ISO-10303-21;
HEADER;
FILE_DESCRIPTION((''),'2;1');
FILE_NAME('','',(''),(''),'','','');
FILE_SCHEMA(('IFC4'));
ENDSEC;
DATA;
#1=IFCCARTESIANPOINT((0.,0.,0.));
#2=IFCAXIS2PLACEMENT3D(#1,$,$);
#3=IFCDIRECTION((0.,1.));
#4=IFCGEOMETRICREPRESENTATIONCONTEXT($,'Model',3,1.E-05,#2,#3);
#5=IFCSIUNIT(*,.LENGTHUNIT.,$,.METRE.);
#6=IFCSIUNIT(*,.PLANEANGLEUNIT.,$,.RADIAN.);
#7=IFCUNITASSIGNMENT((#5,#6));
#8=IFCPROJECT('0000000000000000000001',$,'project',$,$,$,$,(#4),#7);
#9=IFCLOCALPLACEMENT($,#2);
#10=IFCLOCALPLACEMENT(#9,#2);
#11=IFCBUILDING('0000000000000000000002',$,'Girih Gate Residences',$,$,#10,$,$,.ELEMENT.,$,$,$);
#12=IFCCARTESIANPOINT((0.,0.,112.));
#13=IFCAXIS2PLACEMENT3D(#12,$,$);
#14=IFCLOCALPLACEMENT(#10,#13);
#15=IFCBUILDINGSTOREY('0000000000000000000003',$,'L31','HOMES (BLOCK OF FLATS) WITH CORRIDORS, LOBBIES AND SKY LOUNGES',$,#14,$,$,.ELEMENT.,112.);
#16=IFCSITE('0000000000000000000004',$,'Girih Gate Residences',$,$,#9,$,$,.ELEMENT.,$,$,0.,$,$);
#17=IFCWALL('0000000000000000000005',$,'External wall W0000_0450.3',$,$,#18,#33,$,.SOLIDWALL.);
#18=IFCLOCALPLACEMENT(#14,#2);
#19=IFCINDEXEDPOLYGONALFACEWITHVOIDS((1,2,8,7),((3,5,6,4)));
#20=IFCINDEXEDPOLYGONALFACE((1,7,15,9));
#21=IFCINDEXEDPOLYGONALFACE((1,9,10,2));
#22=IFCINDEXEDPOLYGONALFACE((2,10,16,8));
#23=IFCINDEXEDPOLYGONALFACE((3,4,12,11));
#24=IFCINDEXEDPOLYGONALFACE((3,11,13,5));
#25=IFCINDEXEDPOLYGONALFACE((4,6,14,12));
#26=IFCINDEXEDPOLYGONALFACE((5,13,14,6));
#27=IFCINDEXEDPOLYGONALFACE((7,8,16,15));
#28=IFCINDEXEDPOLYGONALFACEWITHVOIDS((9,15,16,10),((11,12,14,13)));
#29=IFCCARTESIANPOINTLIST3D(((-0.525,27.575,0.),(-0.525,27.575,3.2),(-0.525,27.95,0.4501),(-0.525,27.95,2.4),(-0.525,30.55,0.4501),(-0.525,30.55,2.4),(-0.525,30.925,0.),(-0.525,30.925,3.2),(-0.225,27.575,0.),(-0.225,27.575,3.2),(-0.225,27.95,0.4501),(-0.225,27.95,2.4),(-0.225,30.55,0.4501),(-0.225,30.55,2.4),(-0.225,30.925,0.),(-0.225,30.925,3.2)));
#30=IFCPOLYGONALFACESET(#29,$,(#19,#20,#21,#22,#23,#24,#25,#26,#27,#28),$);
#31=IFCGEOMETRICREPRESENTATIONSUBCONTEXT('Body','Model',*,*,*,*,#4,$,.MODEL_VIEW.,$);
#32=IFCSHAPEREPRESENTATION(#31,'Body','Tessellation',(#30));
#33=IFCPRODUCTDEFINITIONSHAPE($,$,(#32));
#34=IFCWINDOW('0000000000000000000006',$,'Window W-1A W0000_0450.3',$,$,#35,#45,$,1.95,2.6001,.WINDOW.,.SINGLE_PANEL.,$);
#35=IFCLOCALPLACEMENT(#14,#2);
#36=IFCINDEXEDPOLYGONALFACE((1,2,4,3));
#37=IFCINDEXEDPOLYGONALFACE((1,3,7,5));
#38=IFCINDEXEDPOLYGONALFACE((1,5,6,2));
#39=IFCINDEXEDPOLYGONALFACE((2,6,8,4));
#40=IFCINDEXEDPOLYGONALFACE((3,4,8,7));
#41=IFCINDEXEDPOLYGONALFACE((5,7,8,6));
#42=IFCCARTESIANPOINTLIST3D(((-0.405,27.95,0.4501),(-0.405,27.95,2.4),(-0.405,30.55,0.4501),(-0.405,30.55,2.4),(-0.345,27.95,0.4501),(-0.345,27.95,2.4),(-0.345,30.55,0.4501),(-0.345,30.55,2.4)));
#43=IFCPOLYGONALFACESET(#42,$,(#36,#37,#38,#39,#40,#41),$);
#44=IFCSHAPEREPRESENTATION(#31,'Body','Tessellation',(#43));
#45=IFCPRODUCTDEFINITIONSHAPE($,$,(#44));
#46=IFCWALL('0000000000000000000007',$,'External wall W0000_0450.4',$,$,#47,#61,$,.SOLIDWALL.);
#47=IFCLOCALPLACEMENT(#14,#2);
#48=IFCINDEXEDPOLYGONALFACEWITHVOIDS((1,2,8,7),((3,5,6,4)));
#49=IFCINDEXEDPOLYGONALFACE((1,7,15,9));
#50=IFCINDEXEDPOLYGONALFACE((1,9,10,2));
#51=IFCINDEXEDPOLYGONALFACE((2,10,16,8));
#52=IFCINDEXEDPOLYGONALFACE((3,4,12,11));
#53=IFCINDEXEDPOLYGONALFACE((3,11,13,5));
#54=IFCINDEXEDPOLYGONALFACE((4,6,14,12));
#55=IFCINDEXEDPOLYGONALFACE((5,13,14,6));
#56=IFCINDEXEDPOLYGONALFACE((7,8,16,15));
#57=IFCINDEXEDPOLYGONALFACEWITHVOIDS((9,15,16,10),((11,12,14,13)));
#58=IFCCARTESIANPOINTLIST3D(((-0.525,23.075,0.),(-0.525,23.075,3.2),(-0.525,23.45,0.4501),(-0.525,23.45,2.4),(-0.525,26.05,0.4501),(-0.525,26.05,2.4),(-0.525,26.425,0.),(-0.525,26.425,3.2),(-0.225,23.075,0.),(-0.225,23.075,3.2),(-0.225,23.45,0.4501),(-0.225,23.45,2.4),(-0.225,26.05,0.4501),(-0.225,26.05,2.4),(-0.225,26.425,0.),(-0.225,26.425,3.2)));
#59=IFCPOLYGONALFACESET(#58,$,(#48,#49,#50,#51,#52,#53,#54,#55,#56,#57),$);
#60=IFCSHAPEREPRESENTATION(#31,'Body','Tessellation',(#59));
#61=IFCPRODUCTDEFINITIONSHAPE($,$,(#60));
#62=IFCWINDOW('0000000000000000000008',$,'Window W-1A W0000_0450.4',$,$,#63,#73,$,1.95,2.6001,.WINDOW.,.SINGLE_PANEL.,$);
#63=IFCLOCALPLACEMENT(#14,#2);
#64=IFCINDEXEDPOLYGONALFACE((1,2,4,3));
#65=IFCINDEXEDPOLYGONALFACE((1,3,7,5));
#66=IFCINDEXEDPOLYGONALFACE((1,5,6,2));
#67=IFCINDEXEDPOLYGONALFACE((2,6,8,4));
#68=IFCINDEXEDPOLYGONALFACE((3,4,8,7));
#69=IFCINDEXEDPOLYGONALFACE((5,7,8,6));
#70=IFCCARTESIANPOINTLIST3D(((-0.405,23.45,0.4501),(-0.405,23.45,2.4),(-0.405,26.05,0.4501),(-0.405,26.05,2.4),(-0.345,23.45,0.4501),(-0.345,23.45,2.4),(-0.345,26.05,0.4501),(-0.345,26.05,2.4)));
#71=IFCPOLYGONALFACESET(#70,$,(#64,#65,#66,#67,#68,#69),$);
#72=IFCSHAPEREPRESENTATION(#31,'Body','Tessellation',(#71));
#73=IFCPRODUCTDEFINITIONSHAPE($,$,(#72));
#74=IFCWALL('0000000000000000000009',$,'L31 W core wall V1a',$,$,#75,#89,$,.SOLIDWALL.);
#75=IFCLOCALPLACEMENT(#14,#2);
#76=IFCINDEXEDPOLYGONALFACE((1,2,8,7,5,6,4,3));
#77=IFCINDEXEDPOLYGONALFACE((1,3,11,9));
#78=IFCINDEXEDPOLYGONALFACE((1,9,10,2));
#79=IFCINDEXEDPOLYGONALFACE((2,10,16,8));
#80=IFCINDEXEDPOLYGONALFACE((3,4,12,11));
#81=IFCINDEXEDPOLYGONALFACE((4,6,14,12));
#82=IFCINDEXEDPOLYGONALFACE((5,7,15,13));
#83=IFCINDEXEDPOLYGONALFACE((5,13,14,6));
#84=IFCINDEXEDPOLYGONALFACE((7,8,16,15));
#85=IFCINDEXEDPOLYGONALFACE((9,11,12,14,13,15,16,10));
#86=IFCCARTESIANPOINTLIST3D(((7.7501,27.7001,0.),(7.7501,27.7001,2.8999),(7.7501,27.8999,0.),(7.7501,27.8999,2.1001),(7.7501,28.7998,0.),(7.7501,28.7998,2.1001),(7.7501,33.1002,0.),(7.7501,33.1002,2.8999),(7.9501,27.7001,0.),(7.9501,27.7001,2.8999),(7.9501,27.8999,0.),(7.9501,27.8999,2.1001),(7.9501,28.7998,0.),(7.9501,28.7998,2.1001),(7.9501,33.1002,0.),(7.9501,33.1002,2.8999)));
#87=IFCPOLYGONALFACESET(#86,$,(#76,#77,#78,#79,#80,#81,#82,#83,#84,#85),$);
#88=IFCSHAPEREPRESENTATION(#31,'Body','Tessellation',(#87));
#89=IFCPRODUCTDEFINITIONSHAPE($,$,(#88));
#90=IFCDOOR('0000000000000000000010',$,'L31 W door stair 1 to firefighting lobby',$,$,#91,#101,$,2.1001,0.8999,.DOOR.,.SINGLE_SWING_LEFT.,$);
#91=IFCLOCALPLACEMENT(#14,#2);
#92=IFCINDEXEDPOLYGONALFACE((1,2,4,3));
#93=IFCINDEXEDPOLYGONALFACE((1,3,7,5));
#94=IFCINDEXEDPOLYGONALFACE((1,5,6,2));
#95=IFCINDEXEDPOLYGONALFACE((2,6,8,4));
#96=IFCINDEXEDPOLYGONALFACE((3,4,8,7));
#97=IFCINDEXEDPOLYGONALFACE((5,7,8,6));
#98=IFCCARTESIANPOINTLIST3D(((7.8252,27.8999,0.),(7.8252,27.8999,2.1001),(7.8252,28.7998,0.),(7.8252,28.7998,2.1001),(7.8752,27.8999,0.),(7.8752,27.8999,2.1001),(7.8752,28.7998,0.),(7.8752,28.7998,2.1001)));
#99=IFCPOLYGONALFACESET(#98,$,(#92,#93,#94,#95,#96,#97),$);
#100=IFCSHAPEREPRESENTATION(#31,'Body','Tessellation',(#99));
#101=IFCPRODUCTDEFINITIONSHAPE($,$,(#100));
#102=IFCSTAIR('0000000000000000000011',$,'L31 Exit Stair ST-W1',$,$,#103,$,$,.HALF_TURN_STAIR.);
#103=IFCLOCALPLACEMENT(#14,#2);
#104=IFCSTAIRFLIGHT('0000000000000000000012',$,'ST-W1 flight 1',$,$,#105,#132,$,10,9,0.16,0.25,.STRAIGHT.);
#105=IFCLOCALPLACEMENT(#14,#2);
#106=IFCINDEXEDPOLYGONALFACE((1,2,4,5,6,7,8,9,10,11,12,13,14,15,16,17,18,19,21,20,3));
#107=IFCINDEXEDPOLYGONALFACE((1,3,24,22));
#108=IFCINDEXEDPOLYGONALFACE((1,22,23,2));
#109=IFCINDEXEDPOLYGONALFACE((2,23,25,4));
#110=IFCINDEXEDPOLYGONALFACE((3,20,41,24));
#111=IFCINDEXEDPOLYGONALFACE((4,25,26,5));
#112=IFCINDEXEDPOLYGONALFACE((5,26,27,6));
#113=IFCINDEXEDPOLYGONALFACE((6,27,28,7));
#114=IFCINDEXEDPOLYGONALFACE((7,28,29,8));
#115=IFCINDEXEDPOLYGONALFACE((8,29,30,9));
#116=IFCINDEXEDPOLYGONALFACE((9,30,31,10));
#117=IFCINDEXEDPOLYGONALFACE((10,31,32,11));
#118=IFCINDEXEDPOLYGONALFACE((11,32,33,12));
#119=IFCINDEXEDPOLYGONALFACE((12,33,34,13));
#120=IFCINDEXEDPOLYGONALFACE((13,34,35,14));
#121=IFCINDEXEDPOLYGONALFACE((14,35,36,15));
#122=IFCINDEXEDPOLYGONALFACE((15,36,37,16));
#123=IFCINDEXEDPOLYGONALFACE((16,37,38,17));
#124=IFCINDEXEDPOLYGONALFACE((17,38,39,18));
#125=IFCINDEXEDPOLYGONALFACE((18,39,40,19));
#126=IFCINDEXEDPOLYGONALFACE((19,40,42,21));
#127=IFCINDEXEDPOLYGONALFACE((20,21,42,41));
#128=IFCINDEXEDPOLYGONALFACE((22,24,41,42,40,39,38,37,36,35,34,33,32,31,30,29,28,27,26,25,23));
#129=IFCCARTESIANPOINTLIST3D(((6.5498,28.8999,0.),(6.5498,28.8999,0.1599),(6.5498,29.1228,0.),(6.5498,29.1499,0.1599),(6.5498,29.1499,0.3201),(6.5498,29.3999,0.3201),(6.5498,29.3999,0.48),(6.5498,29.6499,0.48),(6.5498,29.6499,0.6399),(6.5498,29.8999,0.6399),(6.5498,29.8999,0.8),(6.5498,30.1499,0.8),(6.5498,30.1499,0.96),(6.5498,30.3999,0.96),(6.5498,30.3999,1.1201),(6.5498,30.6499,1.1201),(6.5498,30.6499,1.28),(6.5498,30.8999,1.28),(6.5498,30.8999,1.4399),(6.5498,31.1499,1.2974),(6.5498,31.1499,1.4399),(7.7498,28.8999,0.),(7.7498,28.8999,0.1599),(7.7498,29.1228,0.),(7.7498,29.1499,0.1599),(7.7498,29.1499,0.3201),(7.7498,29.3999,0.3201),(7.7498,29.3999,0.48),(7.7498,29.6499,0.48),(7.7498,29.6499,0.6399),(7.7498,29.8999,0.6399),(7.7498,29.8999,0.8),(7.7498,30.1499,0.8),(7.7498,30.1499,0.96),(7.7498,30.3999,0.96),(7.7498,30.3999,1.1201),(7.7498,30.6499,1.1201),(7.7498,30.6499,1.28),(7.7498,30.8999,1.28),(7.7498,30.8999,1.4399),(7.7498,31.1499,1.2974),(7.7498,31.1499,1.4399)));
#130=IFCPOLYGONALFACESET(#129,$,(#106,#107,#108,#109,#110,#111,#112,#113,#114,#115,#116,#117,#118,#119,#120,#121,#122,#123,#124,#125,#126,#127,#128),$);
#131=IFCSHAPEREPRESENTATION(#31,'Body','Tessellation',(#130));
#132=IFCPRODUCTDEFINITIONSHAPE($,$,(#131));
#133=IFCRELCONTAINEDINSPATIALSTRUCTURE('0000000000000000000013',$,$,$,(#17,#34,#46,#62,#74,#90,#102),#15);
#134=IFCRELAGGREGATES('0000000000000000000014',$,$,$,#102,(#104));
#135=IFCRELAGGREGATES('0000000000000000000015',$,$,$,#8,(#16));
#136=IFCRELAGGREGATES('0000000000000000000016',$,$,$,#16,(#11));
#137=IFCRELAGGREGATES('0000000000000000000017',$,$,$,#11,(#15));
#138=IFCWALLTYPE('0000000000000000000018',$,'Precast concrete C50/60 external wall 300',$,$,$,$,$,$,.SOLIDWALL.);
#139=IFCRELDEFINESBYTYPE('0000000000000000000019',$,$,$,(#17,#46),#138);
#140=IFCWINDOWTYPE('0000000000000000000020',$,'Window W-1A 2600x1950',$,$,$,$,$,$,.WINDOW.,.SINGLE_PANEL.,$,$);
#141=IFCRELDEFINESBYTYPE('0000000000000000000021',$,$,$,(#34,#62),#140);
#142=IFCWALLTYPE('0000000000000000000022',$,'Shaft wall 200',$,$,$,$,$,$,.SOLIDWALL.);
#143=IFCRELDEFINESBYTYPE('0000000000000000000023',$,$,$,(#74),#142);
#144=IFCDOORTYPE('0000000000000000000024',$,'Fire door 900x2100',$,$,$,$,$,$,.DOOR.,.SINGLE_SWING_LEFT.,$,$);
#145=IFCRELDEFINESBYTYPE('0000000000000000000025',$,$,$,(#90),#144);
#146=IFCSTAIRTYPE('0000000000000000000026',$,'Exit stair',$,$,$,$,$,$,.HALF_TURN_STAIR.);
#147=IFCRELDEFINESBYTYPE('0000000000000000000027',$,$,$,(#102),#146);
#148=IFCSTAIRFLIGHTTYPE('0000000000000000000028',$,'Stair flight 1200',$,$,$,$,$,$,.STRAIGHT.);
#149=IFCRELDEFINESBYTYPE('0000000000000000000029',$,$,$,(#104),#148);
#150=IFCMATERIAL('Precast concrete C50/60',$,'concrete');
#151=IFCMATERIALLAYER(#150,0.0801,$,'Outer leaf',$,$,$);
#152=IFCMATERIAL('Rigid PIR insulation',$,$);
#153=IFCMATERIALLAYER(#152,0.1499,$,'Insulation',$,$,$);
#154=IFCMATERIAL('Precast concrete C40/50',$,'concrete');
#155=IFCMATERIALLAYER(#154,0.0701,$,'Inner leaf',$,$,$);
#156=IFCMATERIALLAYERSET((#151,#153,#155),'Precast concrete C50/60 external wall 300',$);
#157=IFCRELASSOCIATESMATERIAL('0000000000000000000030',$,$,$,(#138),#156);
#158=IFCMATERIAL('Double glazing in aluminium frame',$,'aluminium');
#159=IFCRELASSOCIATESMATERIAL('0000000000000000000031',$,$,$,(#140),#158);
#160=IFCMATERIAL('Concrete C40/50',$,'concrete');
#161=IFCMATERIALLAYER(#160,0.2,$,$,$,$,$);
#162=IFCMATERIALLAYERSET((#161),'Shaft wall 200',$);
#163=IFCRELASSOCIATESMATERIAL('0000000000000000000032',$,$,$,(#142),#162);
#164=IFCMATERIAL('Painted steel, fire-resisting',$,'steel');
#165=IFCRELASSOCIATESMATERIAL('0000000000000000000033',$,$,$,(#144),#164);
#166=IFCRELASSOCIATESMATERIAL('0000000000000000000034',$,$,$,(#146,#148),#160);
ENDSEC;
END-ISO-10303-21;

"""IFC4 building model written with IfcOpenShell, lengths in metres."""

from ifc_helpers import new_model, si_unit, direction, frame, frame_2d, origin, place, context, subcontext, project, spatial, polyline, rectangle, outline, extrude, material, layer, layer_set, type_object, element, fill, aggregate, save


model = new_model("IFC4")

# Units and contexts
model_context = context("Model", 3, precision=1e-05, world=origin(), true_north=direction((0.0, 1.0)))
body_context = subcontext(model_context, "Body", "Model", "MODEL_VIEW")
ifc_project = project(units=[si_unit("LENGTHUNIT", "METRE"), si_unit("PLANEANGLEUNIT", "RADIAN")], contexts=[model_context])

# Site, building, storey
site_placement = place(None, origin())
site = spatial("IfcSite", under=ifc_project, at=site_placement, Name="Girih Gate Residences", CompositionType="ELEMENT", RefElevation=0.0)
building_placement = place(site_placement, origin())
building = spatial("IfcBuilding", under=site, at=building_placement, Name="Girih Gate Residences", CompositionType="ELEMENT")
storey_placement = place(building_placement, frame((0.0, 0.0, 112.0)))
storey = spatial("IfcBuildingStorey", under=building, at=storey_placement, Name="L31", Description="HOMES (BLOCK OF FLATS) WITH CORRIDORS, LOBBIES AND SKY LOUNGES", CompositionType="ELEMENT", Elevation=112.0)

# Shared definitions
ifc_material_1 = material(Name="Painted steel, fire-resisting", Category="steel")

# Walls, openings, windows
ifc_material_2 = material(Name="Precast concrete C50/60", Category="concrete")
ifc_layer_1 = layer(ifc_material_2, 0.0801, Name="Outer leaf")
ifc_material_3 = material(Name="Rigid PIR insulation")
ifc_layer_2 = layer(ifc_material_3, 0.1499, Name="Insulation")
ifc_material_4 = material(Name="Precast concrete C40/50", Category="concrete")
ifc_layer_3 = layer(ifc_material_4, 0.0701, Name="Inner leaf")
ifc_layer_set_1 = layer_set([ifc_layer_1, ifc_layer_2, ifc_layer_3], Name="Precast concrete C50/60 external wall 300")
wall_type_1 = type_object("IfcWallType", Name="Precast concrete C50/60 external wall 300", PredefinedType="SOLIDWALL", material=ifc_layer_set_1)
wall_1_placement = place(storey_placement, frame((-0.375, 27.575, 0.0), z_axis=(0.0, 0.0, 1.0), x_axis=(0.0, 1.0, 0.0)))
wall_1 = element("IfcWall", 1, at=wall_1_placement, inside=storey, type_object=wall_type_1, Name="External wall W0000_0450.3", PredefinedType="SOLIDWALL", context=body_context, shape_type="SweptSolid", body=[
    extrude(rectangle(XDim=3.3501, YDim=0.3, at=frame_2d((1.675, 0.0))), origin(), (0.0, 0.0, 1.0), 3.2),
])
opening_1_placement = place(wall_1_placement, frame((0.375, 0.0, 0.45)))
opening_1 = element("IfcOpeningElement", 2, at=opening_1_placement, cuts=wall_1, PredefinedType="OPENING", context=body_context, shape_type="SweptSolid", body=[
    extrude(rectangle(XDim=2.6001, YDim=1.95, at=frame_2d((1.3, 0.9751))), frame((0.0, 0.1599, 0.0), z_axis=(0.0, -1.0, 0.0), x_axis=(1.0, 0.0, 0.0)), (0.0, 0.0, 1.0), 0.3201),
])
ifc_material_5 = material(Name="Double glazing in aluminium frame", Category="aluminium")
window_type = type_object("IfcWindowType", Name="Window W-1A 2600x1950", PartitioningType="SINGLE_PANEL", PredefinedType="WINDOW", material=ifc_material_5)
window_1_placement = place(opening_1_placement, origin())
window_1 = element("IfcWindow", 3, at=window_1_placement, inside=storey, type_object=window_type, Name="Window W-1A W0000_0450.3", OverallHeight=1.95, OverallWidth=2.6001, PartitioningType="SINGLE_PANEL", PredefinedType="WINDOW", context=body_context, shape_type="SweptSolid", body=[
    extrude(rectangle(XDim=2.6001, YDim=1.95, at=frame_2d((1.3, 0.9751))), frame((0.0, 0.03, 0.0), z_axis=(0.0, -1.0, 0.0), x_axis=(1.0, 0.0, 0.0)), (0.0, 0.0, 1.0), 0.0601),
])
fill(opening_1, window_1)
wall_2_placement = place(storey_placement, frame((-0.375, 23.075, 0.0), z_axis=(0.0, 0.0, 1.0), x_axis=(0.0, 1.0, 0.0)))
wall_2 = element("IfcWall", 4, at=wall_2_placement, inside=storey, type_object=wall_type_1, Name="External wall W0000_0450.4", PredefinedType="SOLIDWALL", context=body_context, shape_type="SweptSolid", body=[
    extrude(rectangle(XDim=3.3501, YDim=0.3, at=frame_2d((1.675, 0.0))), origin(), (0.0, 0.0, 1.0), 3.2),
])
opening_2_placement = place(wall_2_placement, frame((0.375, 0.0, 0.45)))
opening_2 = element("IfcOpeningElement", 5, at=opening_2_placement, cuts=wall_2, PredefinedType="OPENING", context=body_context, shape_type="SweptSolid", body=[
    extrude(rectangle(XDim=2.6001, YDim=1.95, at=frame_2d((1.3, 0.9751))), frame((0.0, 0.1599, 0.0), z_axis=(0.0, -1.0, 0.0), x_axis=(1.0, 0.0, 0.0)), (0.0, 0.0, 1.0), 0.3201),
])
window_2_placement = place(opening_2_placement, origin())
window_2 = element("IfcWindow", 6, at=window_2_placement, inside=storey, type_object=window_type, Name="Window W-1A W0000_0450.4", OverallHeight=1.95, OverallWidth=2.6001, PartitioningType="SINGLE_PANEL", PredefinedType="WINDOW", context=body_context, shape_type="SweptSolid", body=[
    extrude(rectangle(XDim=2.6001, YDim=1.95, at=frame_2d((1.3, 0.9751))), frame((0.0, 0.03, 0.0), z_axis=(0.0, -1.0, 0.0), x_axis=(1.0, 0.0, 0.0)), (0.0, 0.0, 1.0), 0.0601),
])
fill(opening_2, window_2)

# Wall, opening, door
ifc_material_6 = material(Name="Concrete C40/50", Category="concrete")
ifc_layer_4 = layer(ifc_material_6, 0.2)
ifc_layer_set_2 = layer_set([ifc_layer_4], Name="Shaft wall 200")
wall_type_2 = type_object("IfcWallType", Name="Shaft wall 200", PredefinedType="SOLIDWALL", material=ifc_layer_set_2)
wall_3_placement = place(storey_placement, frame((7.8501, 27.7, 0.0), z_axis=(0.0, 0.0, 1.0), x_axis=(0.0, 1.0, 0.0)))
wall_3 = element("IfcWall", 7, at=wall_3_placement, inside=storey, type_object=wall_type_2, Name="L31 W core wall V1a", PredefinedType="SOLIDWALL", context=body_context, shape_type="SweptSolid", body=[
    extrude(rectangle(XDim=5.4001, YDim=0.2, at=frame_2d((2.7002, 0.0))), origin(), (0.0, 0.0, 1.0), 2.8999),
])
opening_3_placement = place(wall_3_placement, frame((0.2, 0.0, 0.0)))
opening_3 = element("IfcOpeningElement", 8, at=opening_3_placement, cuts=wall_3, PredefinedType="OPENING", context=body_context, shape_type="SweptSolid", body=[
    extrude(rectangle(XDim=0.8999, YDim=2.1001, at=frame_2d((0.45, 1.05))), frame((0.0, 0.1099, 0.0), z_axis=(0.0, -1.0, 0.0), x_axis=(1.0, 0.0, 0.0)), (0.0, 0.0, 1.0), 0.22),
])
door_type_1 = type_object("IfcDoorType", Name="Fire door 900x2100", OperationType="SINGLE_SWING_LEFT", PredefinedType="DOOR", material=ifc_material_1)
door_1_placement = place(opening_3_placement, origin())
door_1 = element("IfcDoor", 9, at=door_1_placement, inside=storey, type_object=door_type_1, Name="L31 W door stair 1 to firefighting lobby", OperationType="SINGLE_SWING_LEFT", OverallHeight=2.1001, OverallWidth=0.8999, PredefinedType="DOOR", context=body_context, shape_type="SweptSolid", body=[
    extrude(rectangle(XDim=0.8999, YDim=2.1001, at=frame_2d((0.45, 1.05))), frame((0.0, 0.0249, 0.0), z_axis=(0.0, -1.0, 0.0), x_axis=(1.0, 0.0, 0.0)), (0.0, 0.0, 1.0), 0.05),
])
fill(opening_3, door_1)

# Stair, stair flight
stair_type = type_object("IfcStairType", Name="Exit stair", PredefinedType="HALF_TURN_STAIR", material=ifc_material_6)
stair_placement = place(storey_placement, origin())
stair = element("IfcStair", 10, at=stair_placement, inside=storey, type_object=stair_type, Name="L31 Exit Stair ST-W1", PredefinedType="HALF_TURN_STAIR")
stair_flight_type = type_object("IfcStairFlightType", Name="Stair flight 1200", PredefinedType="STRAIGHT", material=ifc_material_6)
stair_flight_placement = place(storey_placement, frame((7.1499, 28.8999, 0.0), z_axis=(0.0, 0.0, 1.0), x_axis=(0.0, 1.0, 0.0)))
stair_flight = element("IfcStairFlight", 11, at=stair_flight_placement, type_object=stair_flight_type, Name="ST-W1 flight 1", NumberOfRisers=10, NumberOfTreads=9, PredefinedType="STRAIGHT", RiserHeight=0.16, TreadLength=0.25, context=body_context, shape_type="SweptSolid", body=[
    extrude(outline(polyline([(0.0, 0.0), (0.0, 0.1599), (0.25, 0.1599), (0.25, 0.3201), (0.5, 0.3201), (0.5, 0.48), (0.75, 0.48), (0.75, 0.6399), (1.0, 0.6399), (1.0, 0.8), (1.25, 0.8), (1.25, 0.96), (1.5, 0.96), (1.5, 1.1201), (1.75, 1.1201), (1.75, 1.28), (2.0, 1.28), (2.0, 1.4399), (2.25, 1.4399), (2.25, 1.6001), (2.25, 1.2974), (0.2229, 0.0), (0.0, 0.0)])), frame((0.0, 0.6001, 0.0), z_axis=(0.0, -1.0, 0.0), x_axis=(1.0, 0.0, 0.0)), (0.0, 0.0, 1.0), 1.2),
])
aggregate(stair, [stair_flight])

save(model, "model.ifc")
